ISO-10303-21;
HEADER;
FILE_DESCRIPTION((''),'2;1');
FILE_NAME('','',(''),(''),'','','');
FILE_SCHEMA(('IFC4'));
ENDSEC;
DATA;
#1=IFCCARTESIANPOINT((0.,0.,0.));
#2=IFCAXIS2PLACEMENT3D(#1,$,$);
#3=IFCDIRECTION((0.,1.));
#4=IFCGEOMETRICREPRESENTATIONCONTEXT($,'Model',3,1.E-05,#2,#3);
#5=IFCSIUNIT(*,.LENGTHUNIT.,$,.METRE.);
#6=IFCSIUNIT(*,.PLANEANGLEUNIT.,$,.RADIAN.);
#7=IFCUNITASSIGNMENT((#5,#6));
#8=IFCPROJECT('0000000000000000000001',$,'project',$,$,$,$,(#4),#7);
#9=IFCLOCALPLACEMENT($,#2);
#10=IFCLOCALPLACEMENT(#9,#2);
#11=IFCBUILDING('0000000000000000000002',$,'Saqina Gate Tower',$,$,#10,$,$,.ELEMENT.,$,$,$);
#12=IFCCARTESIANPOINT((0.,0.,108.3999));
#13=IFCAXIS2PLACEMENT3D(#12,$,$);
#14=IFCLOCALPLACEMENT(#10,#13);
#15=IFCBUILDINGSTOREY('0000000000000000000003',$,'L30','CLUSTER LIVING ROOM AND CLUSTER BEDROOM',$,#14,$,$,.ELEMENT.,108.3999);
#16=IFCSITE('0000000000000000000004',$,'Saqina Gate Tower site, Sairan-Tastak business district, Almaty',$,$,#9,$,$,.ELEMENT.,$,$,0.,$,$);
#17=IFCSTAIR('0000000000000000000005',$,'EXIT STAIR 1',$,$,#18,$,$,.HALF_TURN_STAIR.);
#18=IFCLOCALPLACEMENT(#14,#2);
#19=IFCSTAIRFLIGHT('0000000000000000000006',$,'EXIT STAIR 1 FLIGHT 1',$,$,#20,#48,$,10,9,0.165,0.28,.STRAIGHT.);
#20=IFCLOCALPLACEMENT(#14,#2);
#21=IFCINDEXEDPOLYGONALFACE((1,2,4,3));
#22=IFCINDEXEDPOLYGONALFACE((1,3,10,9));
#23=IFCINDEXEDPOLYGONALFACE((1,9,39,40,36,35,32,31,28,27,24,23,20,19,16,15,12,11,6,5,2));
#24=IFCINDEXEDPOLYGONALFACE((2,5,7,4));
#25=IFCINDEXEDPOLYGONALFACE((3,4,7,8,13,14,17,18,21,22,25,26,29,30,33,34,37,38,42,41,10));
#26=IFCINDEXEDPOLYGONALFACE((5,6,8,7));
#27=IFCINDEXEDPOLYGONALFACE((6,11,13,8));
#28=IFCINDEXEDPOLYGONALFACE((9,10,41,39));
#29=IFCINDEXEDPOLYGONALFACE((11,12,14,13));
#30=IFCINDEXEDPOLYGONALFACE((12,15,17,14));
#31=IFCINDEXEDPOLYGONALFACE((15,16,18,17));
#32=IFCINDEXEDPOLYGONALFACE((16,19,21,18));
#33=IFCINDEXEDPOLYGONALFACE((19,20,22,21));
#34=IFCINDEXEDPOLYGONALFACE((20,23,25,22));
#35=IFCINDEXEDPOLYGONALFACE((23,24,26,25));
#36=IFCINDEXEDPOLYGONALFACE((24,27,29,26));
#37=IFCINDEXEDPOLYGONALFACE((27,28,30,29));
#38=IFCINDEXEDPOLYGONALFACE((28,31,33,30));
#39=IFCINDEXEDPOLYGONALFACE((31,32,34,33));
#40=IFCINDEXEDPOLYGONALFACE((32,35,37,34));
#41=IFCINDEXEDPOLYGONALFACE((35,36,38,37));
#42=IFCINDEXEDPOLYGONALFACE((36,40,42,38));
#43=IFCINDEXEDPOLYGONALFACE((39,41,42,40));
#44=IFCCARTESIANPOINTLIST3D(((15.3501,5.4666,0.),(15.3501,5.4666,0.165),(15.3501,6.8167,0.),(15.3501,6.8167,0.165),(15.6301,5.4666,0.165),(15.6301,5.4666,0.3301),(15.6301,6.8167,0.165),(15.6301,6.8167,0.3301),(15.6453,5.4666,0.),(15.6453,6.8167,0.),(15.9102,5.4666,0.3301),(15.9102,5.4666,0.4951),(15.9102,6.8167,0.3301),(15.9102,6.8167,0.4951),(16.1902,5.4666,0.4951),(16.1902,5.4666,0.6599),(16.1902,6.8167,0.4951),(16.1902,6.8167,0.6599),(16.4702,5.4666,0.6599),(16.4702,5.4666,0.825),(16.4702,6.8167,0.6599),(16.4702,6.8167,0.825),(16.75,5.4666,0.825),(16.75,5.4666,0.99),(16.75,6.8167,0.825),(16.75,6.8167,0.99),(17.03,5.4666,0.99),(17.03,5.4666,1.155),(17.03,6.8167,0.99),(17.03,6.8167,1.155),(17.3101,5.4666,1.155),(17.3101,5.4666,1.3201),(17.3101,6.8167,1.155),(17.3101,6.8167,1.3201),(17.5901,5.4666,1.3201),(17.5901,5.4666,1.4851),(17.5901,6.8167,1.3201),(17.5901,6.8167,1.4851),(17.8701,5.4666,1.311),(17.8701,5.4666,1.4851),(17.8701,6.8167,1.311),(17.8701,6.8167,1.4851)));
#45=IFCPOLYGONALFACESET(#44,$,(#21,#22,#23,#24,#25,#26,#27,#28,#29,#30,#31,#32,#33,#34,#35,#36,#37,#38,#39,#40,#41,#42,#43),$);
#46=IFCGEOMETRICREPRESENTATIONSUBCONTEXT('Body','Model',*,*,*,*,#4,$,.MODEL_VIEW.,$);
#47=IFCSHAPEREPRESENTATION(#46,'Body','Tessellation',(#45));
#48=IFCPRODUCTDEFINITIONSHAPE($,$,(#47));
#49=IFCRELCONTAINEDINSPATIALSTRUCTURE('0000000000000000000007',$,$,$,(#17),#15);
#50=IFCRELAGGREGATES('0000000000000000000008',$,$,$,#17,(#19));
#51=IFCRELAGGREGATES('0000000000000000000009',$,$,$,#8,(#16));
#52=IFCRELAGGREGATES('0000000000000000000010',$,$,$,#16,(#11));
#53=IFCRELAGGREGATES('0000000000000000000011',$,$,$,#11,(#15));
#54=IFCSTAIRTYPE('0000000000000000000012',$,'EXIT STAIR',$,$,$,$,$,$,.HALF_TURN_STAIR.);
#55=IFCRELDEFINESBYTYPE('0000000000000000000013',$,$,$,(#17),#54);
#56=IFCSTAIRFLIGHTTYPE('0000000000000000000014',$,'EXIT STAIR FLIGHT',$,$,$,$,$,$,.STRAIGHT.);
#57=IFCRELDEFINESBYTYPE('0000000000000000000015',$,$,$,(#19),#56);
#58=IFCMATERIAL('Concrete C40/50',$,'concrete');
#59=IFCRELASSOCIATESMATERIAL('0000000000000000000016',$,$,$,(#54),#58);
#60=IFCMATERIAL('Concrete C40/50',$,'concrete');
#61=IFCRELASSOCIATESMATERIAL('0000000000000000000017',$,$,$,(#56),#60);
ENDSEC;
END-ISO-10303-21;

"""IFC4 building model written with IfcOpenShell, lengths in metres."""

from ifc_helpers import new_model, si_unit, direction, frame, origin, place, context, subcontext, project, spatial, polyline, outline, extrude, material, type_object, element, aggregate, save


model = new_model("IFC4")

# Units and contexts
model_context = context("Model", 3, precision=1e-05, world=origin(), true_north=direction((0.0, 1.0)))
body_context = subcontext(model_context, "Body", "Model", "MODEL_VIEW")
ifc_project = project(units=[si_unit("LENGTHUNIT", "METRE"), si_unit("PLANEANGLEUNIT", "RADIAN")], contexts=[model_context])

# Site, building, storey
site_placement = place(None, origin())
site = spatial("IfcSite", under=ifc_project, at=site_placement, Name="Saqina Gate Tower site, Sairan-Tastak business district, Almaty", CompositionType="ELEMENT", RefElevation=0.0)
building_placement = place(site_placement, origin())
building = spatial("IfcBuilding", under=site, at=building_placement, Name="Saqina Gate Tower", CompositionType="ELEMENT")
storey_placement = place(building_placement, frame((0.0, 0.0, 108.3999)))
storey = spatial("IfcBuildingStorey", under=building, at=storey_placement, Name="L30", Description="CLUSTER LIVING ROOM AND CLUSTER BEDROOM", CompositionType="ELEMENT", Elevation=108.3999)

# Stair, stair flight
ifc_material_1 = material(Name="Concrete C40/50", Category="concrete")
stair_type = type_object("IfcStairType", Name="EXIT STAIR", PredefinedType="HALF_TURN_STAIR", material=ifc_material_1)
stair_placement = place(storey_placement, origin())
stair = element("IfcStair", 1, at=stair_placement, inside=storey, type_object=stair_type, Name="EXIT STAIR 1", PredefinedType="HALF_TURN_STAIR")
ifc_material_2 = material(Name="Concrete C40/50", Category="concrete")
stair_flight_type = type_object("IfcStairFlightType", Name="EXIT STAIR FLIGHT", PredefinedType="STRAIGHT", material=ifc_material_2)
stair_flight_placement = place(storey_placement, frame((15.3501, 6.1416, 0.0), z_axis=(0.0, 0.0, 1.0), x_axis=(1.0, 0.0, 0.0)))
stair_flight = element("IfcStairFlight", 2, at=stair_flight_placement, type_object=stair_flight_type, Name="EXIT STAIR 1 FLIGHT 1", NumberOfRisers=10, NumberOfTreads=9, PredefinedType="STRAIGHT", RiserHeight=0.165, TreadLength=0.28, context=body_context, shape_type="SweptSolid", body=[
    extrude(outline(polyline([(0.0, 0.0), (0.0, 0.165), (0.28, 0.165), (0.28, 0.3301), (0.5601, 0.3301), (0.5601, 0.4951), (0.8401, 0.4951), (0.8401, 0.6599), (1.1201, 0.6599), (1.1201, 0.825), (1.3999, 0.825), (1.3999, 0.99), (1.6799, 0.99), (1.6799, 1.155), (1.96, 1.155), (1.96, 1.3201), (2.24, 1.3201), (2.24, 1.4851), (2.52, 1.4851), (2.52, 1.6499), (2.52, 1.311), (0.2952, 0.0), (0.0, 0.0)])), frame((0.0, 0.675, 0.0), z_axis=(0.0, -1.0, 0.0), x_axis=(1.0, 0.0, 0.0)), (0.0, 0.0, 1.0), 1.3501),
])
aggregate(stair, [stair_flight])

save(model, "model.ifc")
